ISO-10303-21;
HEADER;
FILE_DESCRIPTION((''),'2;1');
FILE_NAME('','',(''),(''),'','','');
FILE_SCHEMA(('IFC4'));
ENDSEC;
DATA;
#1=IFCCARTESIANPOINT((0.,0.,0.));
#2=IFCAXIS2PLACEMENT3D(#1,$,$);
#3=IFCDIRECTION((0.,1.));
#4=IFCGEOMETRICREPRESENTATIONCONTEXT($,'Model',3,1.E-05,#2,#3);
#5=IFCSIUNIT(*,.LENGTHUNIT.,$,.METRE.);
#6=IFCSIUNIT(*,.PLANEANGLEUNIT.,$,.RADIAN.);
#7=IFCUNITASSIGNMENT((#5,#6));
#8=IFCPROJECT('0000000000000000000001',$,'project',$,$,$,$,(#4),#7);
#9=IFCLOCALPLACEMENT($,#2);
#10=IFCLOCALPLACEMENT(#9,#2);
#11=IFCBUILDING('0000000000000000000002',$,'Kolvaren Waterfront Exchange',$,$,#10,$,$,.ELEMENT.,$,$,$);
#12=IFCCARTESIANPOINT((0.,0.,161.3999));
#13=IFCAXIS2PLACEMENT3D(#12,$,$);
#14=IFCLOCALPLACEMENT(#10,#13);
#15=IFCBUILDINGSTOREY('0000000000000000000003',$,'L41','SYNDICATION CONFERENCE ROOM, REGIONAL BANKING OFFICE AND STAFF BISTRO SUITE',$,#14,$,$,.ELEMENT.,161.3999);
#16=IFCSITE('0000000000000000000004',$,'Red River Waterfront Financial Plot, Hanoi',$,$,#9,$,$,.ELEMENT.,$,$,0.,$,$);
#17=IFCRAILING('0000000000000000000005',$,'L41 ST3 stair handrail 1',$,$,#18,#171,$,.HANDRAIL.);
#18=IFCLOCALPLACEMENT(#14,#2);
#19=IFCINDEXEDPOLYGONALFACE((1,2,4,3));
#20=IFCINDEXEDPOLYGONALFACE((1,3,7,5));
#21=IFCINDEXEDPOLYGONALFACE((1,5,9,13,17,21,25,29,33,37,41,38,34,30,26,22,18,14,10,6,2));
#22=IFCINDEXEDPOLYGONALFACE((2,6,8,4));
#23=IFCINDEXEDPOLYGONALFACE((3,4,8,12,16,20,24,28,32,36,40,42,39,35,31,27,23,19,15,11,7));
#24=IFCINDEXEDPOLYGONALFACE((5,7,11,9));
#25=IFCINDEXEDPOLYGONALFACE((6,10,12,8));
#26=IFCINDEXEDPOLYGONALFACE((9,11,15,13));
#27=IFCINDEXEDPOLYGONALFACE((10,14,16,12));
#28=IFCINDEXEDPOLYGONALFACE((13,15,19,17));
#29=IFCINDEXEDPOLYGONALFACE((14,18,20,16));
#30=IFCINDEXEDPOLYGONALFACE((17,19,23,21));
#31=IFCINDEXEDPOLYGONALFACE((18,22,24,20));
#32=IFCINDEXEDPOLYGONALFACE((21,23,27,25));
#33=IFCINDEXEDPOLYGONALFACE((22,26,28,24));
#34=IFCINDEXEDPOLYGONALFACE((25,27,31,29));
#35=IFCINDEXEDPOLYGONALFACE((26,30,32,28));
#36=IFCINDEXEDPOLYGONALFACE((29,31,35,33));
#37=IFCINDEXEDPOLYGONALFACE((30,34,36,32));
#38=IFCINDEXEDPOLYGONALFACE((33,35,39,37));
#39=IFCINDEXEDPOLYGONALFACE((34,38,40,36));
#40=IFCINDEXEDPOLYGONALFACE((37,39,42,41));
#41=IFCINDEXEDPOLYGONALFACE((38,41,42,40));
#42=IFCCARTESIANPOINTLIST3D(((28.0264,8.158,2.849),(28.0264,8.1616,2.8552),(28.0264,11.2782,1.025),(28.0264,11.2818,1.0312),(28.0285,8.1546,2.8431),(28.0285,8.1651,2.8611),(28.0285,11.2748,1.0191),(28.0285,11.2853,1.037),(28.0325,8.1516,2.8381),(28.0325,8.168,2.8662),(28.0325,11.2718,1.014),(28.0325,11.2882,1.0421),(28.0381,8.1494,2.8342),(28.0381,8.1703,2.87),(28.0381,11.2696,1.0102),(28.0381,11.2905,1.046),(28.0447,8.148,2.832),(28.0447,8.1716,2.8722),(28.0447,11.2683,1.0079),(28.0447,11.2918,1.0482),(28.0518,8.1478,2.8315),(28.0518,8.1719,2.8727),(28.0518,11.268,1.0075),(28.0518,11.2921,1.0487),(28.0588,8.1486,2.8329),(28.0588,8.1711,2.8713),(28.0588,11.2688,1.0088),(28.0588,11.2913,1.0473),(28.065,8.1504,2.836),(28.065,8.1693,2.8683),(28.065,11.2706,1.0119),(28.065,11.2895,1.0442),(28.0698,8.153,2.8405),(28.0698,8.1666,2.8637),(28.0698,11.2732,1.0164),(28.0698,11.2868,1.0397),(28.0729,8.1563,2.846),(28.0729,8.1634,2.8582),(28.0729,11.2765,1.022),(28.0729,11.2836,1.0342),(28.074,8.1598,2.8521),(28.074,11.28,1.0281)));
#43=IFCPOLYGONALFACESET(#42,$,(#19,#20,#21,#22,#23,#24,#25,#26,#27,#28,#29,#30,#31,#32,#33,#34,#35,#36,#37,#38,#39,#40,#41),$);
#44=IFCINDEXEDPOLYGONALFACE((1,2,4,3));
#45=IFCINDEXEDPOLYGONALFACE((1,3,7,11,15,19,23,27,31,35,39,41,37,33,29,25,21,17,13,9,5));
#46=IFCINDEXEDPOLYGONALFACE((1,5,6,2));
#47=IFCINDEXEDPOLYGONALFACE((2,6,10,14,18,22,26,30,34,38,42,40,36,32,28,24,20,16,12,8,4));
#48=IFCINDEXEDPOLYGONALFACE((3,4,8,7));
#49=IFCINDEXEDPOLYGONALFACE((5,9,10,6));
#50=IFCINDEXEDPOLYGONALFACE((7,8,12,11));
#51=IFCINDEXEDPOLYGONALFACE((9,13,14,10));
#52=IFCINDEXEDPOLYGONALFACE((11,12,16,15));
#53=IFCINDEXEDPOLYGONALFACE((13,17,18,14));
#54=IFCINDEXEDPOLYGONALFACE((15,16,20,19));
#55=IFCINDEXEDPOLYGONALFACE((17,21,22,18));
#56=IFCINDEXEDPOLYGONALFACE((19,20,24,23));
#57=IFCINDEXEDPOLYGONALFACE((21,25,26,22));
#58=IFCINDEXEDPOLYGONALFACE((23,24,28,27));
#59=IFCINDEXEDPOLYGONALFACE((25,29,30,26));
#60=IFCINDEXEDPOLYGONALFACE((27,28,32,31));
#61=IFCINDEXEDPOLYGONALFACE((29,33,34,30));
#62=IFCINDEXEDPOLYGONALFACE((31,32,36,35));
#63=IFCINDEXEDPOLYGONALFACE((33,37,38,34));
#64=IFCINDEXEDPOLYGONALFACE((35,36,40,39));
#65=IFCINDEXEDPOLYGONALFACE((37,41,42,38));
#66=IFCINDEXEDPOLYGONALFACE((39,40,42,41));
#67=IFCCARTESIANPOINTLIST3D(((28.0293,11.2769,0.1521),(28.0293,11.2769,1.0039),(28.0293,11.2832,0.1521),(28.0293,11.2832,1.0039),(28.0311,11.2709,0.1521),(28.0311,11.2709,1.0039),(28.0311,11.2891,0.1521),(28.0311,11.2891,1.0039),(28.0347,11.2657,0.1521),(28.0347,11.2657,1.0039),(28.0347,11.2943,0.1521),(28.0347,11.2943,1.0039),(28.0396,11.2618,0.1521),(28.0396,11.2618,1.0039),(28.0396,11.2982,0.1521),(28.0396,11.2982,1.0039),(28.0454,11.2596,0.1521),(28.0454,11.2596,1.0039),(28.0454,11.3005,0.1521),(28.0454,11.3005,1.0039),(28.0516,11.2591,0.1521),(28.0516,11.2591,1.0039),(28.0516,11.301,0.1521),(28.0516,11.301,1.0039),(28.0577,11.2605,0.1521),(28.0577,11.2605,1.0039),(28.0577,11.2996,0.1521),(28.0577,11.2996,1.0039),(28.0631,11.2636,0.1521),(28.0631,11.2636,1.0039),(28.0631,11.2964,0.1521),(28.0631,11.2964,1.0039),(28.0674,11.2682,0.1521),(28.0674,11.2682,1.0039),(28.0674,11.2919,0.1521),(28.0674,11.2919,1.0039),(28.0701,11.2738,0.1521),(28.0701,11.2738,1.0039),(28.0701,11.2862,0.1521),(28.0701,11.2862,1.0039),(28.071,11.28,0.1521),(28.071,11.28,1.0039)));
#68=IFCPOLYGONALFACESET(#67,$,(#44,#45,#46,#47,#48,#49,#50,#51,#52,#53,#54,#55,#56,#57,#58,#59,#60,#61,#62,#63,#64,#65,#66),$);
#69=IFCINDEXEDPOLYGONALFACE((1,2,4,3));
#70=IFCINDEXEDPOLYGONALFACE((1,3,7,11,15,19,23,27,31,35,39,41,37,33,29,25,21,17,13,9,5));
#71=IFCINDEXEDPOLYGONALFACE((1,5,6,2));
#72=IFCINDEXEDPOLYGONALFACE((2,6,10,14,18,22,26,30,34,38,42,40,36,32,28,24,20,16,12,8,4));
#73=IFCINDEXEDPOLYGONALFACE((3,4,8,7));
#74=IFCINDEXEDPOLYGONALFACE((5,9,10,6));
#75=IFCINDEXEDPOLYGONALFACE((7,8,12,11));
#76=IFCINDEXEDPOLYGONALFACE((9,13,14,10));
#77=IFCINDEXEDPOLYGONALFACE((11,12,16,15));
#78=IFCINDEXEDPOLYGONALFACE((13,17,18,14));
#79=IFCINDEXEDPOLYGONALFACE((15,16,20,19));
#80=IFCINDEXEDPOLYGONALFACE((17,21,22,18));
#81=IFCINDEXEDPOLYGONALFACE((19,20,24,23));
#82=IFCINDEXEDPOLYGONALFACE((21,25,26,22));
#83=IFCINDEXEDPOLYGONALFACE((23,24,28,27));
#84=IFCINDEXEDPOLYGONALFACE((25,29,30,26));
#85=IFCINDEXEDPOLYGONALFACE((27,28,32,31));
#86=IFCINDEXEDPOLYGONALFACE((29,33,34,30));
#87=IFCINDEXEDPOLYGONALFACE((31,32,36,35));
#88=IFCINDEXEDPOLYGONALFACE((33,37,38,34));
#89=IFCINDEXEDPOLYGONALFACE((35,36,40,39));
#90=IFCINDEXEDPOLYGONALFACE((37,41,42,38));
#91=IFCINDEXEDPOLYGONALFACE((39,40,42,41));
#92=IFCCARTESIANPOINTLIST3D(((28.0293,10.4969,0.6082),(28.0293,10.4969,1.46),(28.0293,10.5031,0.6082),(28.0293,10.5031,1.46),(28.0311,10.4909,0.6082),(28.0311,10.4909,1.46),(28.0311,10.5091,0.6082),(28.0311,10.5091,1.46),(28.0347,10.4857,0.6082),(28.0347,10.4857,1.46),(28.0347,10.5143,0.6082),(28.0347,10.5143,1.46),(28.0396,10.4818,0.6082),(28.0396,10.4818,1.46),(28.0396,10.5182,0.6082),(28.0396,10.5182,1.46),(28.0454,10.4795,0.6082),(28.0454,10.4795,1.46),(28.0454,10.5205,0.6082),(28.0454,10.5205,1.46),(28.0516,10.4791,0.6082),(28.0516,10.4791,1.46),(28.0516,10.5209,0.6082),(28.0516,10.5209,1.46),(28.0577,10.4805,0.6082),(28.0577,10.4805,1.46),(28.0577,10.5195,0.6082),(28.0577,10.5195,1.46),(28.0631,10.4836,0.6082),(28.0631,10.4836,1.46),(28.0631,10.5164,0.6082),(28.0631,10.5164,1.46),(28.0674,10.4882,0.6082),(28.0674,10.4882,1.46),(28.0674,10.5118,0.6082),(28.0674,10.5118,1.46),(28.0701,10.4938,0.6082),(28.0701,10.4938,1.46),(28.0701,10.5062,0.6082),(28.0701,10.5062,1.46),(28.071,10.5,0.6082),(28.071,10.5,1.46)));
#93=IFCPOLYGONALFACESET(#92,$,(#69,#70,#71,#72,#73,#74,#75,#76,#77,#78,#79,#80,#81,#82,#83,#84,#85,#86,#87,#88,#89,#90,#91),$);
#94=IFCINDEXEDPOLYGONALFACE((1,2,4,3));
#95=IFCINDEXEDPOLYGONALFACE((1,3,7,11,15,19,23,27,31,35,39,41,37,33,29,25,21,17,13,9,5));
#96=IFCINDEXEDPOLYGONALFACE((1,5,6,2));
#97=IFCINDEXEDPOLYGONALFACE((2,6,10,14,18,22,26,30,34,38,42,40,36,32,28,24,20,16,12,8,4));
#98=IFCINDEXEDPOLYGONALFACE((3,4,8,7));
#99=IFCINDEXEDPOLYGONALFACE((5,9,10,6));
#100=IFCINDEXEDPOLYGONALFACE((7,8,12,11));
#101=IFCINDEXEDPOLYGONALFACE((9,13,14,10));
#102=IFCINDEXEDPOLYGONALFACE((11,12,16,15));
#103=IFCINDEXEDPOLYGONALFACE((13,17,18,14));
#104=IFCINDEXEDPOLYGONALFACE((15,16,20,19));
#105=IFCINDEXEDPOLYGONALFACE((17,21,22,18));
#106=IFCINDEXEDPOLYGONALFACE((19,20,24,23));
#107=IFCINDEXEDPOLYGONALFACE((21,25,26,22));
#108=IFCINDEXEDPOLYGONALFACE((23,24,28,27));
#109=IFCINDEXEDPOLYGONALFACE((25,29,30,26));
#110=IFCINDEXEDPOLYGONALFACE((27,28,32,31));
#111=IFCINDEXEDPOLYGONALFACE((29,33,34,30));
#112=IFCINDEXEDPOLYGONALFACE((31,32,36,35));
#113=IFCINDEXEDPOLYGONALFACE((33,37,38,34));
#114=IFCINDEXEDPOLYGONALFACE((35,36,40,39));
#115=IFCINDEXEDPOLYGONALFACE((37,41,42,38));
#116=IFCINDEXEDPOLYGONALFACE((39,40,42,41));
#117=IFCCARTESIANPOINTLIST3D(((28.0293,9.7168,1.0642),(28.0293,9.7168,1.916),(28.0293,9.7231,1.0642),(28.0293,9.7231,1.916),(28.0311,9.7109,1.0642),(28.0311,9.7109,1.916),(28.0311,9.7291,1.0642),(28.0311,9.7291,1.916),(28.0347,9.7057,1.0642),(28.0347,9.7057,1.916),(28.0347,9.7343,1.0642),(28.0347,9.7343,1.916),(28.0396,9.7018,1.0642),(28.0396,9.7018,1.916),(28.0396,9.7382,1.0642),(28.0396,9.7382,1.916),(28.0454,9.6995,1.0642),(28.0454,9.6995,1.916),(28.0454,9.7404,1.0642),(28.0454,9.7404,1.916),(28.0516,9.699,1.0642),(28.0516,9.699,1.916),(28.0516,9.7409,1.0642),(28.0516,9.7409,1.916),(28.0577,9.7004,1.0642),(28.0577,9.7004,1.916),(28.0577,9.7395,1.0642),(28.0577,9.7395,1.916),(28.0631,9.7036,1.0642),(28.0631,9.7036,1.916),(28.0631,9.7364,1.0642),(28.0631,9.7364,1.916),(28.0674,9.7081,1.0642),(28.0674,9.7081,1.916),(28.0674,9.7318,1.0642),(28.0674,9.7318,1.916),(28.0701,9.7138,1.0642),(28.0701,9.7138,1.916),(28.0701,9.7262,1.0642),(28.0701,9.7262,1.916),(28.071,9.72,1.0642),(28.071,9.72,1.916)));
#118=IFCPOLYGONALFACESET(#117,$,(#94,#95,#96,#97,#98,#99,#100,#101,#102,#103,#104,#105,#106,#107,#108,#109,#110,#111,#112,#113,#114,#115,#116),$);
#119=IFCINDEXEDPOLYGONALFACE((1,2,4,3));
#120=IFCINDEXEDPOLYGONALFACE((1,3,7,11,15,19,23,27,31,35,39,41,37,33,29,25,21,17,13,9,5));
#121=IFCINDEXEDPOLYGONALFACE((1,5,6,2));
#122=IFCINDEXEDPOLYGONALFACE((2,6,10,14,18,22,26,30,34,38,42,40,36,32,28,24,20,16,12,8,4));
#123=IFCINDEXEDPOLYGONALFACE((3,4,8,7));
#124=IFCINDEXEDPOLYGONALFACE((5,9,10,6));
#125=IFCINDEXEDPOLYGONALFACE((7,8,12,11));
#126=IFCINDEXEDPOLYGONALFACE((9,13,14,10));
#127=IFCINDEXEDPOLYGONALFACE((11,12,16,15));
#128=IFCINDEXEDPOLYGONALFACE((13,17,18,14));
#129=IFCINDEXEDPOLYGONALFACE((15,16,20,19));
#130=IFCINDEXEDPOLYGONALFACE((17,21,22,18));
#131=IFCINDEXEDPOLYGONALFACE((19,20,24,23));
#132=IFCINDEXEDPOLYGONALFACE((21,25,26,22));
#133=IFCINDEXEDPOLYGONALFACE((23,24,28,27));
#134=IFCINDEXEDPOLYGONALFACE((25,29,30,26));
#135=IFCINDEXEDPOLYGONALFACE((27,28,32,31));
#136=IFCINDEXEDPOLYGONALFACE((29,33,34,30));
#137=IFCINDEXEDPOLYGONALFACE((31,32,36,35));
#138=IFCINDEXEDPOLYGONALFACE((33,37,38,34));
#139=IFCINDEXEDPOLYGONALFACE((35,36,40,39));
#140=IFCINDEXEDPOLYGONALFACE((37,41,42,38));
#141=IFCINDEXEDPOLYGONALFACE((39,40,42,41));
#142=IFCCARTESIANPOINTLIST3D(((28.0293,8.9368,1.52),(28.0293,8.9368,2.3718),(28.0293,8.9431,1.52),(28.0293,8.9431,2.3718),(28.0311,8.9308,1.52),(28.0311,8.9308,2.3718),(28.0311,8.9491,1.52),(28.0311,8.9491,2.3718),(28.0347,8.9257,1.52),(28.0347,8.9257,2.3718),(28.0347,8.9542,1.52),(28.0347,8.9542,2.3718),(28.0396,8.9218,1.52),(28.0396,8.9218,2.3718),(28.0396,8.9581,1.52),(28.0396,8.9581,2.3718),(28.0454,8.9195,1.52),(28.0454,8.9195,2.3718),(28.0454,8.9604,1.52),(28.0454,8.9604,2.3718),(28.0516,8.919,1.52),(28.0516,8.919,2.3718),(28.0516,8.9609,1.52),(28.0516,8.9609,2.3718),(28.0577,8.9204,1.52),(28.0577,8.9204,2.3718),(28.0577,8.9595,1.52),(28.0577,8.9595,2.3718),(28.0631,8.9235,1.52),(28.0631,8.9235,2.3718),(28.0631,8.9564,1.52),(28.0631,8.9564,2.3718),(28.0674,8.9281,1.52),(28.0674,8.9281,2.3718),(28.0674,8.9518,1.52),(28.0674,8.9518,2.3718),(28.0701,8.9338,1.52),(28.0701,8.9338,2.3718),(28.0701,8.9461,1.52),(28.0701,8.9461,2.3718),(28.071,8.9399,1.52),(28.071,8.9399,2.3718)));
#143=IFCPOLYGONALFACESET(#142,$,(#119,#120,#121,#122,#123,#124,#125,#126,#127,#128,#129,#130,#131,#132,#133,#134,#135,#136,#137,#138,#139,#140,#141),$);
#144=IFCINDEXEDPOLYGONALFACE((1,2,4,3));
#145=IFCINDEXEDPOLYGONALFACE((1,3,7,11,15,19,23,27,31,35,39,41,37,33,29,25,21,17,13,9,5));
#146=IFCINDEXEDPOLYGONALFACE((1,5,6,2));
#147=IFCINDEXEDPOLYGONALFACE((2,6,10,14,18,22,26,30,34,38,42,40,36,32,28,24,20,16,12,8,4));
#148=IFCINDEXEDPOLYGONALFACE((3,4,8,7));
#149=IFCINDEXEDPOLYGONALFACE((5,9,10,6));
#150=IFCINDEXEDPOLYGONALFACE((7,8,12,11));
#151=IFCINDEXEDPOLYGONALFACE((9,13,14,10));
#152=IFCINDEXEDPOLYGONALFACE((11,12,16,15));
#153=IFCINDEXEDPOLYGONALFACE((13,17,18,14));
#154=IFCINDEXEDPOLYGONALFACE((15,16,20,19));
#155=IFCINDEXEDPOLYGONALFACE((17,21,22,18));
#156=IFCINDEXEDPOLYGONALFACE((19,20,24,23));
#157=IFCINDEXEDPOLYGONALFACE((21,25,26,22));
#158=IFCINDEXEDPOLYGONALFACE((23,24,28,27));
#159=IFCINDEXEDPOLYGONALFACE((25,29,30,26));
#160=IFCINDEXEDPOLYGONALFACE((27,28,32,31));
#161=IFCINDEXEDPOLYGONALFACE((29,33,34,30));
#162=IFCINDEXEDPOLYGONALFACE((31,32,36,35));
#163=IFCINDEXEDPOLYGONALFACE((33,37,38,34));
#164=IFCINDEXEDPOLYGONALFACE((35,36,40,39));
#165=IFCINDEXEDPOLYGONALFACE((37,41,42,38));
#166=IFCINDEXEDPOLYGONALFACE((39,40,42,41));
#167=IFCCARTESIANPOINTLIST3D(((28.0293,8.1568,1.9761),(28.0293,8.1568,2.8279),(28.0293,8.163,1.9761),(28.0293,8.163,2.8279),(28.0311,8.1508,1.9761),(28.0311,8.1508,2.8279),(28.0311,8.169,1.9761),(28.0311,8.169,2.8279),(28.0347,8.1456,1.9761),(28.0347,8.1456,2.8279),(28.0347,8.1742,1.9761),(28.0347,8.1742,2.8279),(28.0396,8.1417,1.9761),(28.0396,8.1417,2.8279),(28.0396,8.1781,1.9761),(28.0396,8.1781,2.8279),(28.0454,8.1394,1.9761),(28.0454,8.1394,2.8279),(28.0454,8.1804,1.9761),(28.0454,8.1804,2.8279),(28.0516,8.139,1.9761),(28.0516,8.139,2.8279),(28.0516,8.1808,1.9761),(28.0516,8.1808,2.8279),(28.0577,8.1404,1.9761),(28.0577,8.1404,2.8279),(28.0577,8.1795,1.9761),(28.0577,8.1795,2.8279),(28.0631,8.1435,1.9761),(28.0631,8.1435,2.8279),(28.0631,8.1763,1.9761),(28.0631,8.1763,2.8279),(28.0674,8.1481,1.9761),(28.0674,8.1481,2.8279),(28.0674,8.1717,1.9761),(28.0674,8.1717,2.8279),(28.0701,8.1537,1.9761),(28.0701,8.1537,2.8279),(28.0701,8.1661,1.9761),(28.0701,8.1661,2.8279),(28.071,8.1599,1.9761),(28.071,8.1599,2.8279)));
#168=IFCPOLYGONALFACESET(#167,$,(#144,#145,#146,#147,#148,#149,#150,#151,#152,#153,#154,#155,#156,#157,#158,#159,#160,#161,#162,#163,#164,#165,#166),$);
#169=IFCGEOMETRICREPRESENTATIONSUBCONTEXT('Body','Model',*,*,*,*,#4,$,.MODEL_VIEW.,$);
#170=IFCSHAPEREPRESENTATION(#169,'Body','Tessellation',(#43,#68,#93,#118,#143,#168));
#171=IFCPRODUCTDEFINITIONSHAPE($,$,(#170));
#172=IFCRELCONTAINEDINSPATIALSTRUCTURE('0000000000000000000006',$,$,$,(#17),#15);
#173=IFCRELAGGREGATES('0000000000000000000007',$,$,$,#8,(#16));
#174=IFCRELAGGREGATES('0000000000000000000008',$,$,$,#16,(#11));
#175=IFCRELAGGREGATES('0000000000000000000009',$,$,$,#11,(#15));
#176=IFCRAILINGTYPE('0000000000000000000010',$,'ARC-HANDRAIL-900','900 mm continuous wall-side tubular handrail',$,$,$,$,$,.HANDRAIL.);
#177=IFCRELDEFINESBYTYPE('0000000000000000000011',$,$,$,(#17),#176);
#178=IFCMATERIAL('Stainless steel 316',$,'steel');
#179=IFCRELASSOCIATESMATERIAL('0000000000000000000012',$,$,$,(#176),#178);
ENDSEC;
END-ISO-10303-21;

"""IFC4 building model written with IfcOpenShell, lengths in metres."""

from ifc_helpers import new_model, si_unit, direction, frame, origin, origin_2d, place, context, subcontext, project, spatial, circle, extrude, material, type_object, element, save


model = new_model("IFC4")

# Units and contexts
model_context = context("Model", 3, precision=1e-05, world=origin(), true_north=direction((0.0, 1.0)))
body_context = subcontext(model_context, "Body", "Model", "MODEL_VIEW")
ifc_project = project(units=[si_unit("LENGTHUNIT", "METRE"), si_unit("PLANEANGLEUNIT", "RADIAN")], contexts=[model_context])

# Site, building, storey
site_placement = place(None, origin())
site = spatial("IfcSite", under=ifc_project, at=site_placement, Name="Red River Waterfront Financial Plot, Hanoi", CompositionType="ELEMENT", RefElevation=0.0)
building_placement = place(site_placement, origin())
building = spatial("IfcBuilding", under=site, at=building_placement, Name="Kolvaren Waterfront Exchange", CompositionType="ELEMENT")
storey_placement = place(building_placement, frame((0.0, 0.0, 161.3999)))
storey = spatial("IfcBuildingStorey", under=building, at=storey_placement, Name="L41", Description="SYNDICATION CONFERENCE ROOM, REGIONAL BANKING OFFICE AND STAFF BISTRO SUITE", CompositionType="ELEMENT", Elevation=161.3999)

# Railing
ifc_material_1 = material(Name="Stainless steel 316", Category="steel")
railing_type_1 = type_object("IfcRailingType", Name="ARC-HANDRAIL-900", Description="900 mm continuous wall-side tubular handrail", PredefinedType="HANDRAIL", material=ifc_material_1)
railing_1_placement = place(storey_placement, frame((28.05, 11.28, 0.1521)))
element("IfcRailing", 1, at=railing_1_placement, inside=storey, type_object=railing_type_1, Name="L41 ST3 stair handrail 1", PredefinedType="HANDRAIL", context=body_context, shape_type="SweptSolid", body=[
    extrude(circle(Radius=0.0239, at=origin_2d()), frame((0.0, 0.0, 0.876), z_axis=(0.0, -0.863308, 0.504677), x_axis=(1.0, 0.0, 0.0)), (0.0, 0.0, 1.0), 3.6143),
    extrude(circle(Radius=0.021, at=origin_2d()), origin(), (0.0, 0.0, 1.0), 0.8518),
    extrude(circle(Radius=0.021, at=origin_2d()), frame((0.0, -0.78, 0.4561)), (0.0, 0.0, 1.0), 0.8518),
    extrude(circle(Radius=0.021, at=origin_2d()), frame((0.0, -1.5601, 0.9121)), (0.0, 0.0, 1.0), 0.8518),
    extrude(circle(Radius=0.021, at=origin_2d()), frame((0.0, -2.3401, 1.3679)), (0.0, 0.0, 1.0), 0.8518),
    extrude(circle(Radius=0.021, at=origin_2d()), frame((0.0, -3.1201, 1.824)), (0.0, 0.0, 1.0), 0.8518),
])

save(model, "model.ifc")
